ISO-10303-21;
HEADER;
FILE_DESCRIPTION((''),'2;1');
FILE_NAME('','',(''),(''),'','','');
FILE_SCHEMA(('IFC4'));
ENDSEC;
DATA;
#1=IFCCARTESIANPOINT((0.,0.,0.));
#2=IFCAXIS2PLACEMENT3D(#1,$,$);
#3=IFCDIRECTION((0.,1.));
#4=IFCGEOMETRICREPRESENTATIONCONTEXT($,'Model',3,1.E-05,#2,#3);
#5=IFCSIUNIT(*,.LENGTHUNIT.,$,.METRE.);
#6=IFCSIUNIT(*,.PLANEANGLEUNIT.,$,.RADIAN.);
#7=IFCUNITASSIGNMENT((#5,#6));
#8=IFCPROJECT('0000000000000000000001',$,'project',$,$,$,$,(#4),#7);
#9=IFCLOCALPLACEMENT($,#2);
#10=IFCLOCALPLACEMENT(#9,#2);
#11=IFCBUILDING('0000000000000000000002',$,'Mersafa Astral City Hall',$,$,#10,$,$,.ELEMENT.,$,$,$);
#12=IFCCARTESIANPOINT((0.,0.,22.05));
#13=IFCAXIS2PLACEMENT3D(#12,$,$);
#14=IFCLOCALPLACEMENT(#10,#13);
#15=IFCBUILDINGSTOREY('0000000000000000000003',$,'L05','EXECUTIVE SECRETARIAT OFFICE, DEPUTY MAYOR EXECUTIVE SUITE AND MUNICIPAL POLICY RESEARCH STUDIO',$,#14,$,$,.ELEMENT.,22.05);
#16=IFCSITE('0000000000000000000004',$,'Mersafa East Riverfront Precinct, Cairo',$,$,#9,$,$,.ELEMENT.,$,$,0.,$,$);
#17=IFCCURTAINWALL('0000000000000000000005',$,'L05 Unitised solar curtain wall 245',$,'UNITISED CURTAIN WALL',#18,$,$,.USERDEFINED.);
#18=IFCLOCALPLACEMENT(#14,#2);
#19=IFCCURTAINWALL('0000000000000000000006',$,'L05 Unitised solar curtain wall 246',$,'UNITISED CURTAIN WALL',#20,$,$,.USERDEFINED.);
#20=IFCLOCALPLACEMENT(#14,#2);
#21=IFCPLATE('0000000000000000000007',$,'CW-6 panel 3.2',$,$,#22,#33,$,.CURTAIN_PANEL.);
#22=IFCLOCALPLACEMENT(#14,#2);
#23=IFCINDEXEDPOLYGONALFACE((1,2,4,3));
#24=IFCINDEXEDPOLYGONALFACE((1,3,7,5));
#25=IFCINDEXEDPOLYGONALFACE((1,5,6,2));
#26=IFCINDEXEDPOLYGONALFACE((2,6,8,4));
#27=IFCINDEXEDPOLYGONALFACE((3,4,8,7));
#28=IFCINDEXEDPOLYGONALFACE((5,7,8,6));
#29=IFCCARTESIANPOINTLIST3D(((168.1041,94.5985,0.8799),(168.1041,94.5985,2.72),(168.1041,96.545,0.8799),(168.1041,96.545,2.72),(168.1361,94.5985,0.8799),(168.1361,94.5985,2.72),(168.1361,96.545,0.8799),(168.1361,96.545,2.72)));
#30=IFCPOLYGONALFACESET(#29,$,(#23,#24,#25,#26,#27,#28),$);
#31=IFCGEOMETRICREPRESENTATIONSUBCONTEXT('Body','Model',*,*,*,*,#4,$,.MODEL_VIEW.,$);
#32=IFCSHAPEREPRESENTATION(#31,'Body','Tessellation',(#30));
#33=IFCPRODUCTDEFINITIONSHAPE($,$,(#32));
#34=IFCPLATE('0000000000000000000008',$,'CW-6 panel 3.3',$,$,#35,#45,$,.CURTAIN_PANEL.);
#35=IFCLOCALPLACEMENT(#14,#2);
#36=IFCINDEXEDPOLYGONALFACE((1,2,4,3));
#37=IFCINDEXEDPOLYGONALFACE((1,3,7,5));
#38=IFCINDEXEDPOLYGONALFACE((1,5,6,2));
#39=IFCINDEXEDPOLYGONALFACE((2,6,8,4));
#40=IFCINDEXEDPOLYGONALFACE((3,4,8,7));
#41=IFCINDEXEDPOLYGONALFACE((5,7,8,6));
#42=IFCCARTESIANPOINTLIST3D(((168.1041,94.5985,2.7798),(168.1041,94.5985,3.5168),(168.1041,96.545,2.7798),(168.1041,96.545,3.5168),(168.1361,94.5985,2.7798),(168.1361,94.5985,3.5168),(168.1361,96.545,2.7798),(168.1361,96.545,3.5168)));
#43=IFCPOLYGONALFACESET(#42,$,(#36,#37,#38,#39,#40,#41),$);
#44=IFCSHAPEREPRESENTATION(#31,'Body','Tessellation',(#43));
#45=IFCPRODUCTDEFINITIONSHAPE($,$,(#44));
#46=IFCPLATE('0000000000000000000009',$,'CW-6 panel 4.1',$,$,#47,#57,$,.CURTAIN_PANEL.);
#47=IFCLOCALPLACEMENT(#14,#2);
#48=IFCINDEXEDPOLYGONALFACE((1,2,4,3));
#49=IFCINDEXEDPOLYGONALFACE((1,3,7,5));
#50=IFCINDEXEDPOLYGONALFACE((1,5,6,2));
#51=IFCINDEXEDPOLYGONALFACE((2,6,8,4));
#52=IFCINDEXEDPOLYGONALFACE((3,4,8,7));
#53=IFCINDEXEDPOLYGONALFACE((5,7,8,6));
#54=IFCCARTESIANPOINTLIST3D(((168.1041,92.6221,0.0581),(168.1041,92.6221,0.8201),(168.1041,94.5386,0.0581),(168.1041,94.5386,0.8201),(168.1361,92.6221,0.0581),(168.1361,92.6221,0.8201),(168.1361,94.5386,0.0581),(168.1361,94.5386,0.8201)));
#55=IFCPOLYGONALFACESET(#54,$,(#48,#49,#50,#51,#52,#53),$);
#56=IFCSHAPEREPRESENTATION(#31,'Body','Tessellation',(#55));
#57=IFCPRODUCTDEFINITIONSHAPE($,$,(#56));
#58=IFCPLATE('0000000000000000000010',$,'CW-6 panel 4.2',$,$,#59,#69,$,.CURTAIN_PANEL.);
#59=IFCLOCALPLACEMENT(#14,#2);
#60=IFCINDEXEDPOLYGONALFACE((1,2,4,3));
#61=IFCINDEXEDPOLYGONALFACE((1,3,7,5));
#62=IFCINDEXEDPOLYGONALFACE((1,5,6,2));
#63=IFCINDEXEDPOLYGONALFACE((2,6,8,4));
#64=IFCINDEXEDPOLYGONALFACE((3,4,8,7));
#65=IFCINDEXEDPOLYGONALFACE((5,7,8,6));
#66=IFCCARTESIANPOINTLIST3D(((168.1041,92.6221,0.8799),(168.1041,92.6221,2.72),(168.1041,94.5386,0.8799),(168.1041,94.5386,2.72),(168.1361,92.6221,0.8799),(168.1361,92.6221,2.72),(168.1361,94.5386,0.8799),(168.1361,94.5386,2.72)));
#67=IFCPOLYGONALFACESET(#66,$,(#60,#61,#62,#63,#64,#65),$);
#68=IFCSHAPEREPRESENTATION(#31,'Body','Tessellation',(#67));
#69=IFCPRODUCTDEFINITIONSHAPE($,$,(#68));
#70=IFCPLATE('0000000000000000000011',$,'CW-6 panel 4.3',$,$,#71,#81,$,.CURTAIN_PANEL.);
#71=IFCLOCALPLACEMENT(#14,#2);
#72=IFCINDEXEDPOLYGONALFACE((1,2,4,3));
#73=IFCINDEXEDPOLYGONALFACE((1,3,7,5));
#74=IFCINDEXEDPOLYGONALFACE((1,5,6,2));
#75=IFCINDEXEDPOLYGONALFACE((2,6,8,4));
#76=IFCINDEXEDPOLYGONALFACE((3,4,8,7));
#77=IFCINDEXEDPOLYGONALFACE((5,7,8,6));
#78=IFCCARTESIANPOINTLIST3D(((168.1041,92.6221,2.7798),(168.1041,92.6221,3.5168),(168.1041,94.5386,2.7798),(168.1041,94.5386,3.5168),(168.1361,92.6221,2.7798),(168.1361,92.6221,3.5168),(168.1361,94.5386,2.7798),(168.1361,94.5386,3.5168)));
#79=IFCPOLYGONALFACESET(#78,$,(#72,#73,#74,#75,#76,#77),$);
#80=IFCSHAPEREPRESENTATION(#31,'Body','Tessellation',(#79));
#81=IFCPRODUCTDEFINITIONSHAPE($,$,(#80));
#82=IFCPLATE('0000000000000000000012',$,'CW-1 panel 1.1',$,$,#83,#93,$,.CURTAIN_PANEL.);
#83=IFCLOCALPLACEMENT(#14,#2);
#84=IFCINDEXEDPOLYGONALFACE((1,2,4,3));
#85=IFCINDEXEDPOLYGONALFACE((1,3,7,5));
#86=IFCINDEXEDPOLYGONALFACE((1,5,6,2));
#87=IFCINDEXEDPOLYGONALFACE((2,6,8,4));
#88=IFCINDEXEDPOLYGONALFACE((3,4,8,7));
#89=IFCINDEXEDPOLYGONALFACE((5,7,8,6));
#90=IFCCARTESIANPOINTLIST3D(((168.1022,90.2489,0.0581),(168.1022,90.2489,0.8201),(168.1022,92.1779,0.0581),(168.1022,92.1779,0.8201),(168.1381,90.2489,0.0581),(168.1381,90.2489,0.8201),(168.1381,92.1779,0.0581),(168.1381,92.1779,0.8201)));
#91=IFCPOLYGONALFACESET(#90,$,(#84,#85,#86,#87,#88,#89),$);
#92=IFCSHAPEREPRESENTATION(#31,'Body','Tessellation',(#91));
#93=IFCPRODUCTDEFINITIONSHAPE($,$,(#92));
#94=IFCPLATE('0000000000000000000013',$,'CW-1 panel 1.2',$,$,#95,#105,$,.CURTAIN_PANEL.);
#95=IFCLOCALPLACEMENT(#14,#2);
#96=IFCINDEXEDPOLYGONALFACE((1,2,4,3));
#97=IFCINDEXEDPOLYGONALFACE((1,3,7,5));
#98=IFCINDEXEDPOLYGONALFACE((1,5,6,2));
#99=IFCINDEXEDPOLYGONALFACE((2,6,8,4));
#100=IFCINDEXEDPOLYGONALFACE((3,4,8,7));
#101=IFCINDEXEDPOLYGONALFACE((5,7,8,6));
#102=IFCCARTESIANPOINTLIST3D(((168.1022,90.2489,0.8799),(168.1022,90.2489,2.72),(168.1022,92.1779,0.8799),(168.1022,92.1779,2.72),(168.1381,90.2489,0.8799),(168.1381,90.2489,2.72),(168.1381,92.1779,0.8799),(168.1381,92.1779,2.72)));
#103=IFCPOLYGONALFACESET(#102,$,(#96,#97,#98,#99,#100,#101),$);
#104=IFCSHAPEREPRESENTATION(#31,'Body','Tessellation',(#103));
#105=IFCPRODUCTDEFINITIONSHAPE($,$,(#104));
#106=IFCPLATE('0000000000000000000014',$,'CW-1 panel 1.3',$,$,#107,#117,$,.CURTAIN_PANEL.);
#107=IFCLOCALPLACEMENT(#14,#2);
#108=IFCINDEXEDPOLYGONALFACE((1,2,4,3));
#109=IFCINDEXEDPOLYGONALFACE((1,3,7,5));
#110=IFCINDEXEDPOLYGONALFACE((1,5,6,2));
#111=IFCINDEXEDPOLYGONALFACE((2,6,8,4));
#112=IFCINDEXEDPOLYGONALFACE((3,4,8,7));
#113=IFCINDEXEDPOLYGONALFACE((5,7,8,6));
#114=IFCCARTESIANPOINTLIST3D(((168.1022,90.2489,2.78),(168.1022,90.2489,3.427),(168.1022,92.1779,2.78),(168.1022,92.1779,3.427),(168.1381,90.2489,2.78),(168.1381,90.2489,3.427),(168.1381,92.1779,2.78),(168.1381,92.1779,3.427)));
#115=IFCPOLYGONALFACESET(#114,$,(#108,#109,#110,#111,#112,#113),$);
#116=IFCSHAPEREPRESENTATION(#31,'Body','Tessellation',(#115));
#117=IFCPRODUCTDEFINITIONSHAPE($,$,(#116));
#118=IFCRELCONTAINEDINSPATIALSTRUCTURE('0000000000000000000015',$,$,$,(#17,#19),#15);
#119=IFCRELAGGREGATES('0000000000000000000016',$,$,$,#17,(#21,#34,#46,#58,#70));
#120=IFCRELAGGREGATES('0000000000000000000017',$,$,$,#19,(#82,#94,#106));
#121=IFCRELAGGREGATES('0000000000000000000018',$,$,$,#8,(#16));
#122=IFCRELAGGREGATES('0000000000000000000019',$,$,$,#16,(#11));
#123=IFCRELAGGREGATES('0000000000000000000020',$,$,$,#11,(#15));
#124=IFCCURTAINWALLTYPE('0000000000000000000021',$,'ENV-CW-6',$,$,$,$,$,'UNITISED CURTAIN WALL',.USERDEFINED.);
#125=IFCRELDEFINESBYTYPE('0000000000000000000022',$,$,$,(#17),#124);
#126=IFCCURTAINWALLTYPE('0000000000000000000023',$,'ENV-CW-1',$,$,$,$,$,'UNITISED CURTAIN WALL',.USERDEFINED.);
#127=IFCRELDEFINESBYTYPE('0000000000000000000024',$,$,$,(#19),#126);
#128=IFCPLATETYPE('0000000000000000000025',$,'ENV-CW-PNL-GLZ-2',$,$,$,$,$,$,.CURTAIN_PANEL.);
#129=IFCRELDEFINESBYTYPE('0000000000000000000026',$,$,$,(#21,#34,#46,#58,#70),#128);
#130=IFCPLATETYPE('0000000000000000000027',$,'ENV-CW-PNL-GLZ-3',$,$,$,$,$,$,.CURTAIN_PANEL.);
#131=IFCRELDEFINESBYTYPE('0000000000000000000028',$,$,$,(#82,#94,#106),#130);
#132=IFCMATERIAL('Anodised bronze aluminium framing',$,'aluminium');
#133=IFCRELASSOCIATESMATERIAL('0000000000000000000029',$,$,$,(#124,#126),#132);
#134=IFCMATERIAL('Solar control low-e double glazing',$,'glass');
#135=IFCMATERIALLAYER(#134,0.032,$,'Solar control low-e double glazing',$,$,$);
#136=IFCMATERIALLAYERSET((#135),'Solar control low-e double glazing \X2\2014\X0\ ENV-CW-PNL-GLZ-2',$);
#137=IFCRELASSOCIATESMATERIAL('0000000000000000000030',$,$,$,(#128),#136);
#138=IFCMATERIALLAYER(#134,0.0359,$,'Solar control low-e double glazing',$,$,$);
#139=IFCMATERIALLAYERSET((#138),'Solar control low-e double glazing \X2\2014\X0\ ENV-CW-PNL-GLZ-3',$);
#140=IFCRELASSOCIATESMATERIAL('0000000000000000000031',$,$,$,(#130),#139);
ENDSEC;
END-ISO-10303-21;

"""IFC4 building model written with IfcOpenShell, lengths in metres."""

from ifc_helpers import new_model, si_unit, direction, frame, origin, origin_2d, place, context, subcontext, project, spatial, rectangle, extrude, material, layer, layer_set, type_object, element, aggregate, save


model = new_model("IFC4")

# Units and contexts
model_context = context("Model", 3, precision=1e-05, world=origin(), true_north=direction((0.0, 1.0)))
body_context = subcontext(model_context, "Body", "Model", "MODEL_VIEW")
ifc_project = project(units=[si_unit("LENGTHUNIT", "METRE"), si_unit("PLANEANGLEUNIT", "RADIAN")], contexts=[model_context])

# Site, building, storey
site_placement = place(None, origin())
site = spatial("IfcSite", under=ifc_project, at=site_placement, Name="Mersafa East Riverfront Precinct, Cairo", CompositionType="ELEMENT", RefElevation=0.0)
building_placement = place(site_placement, origin())
building = spatial("IfcBuilding", under=site, at=building_placement, Name="Mersafa Astral City Hall", CompositionType="ELEMENT")
storey_placement = place(building_placement, frame((0.0, 0.0, 22.05)))
storey = spatial("IfcBuildingStorey", under=building, at=storey_placement, Name="L05", Description="EXECUTIVE SECRETARIAT OFFICE, DEPUTY MAYOR EXECUTIVE SUITE AND MUNICIPAL POLICY RESEARCH STUDIO", CompositionType="ELEMENT", Elevation=22.05)

# Curtain wall
ifc_material_1 = material(Name="Anodised bronze aluminium framing", Category="aluminium")
curtain_wall_type_1 = type_object("IfcCurtainWallType", Name="ENV-CW-6", ElementType="UNITISED CURTAIN WALL", PredefinedType="USERDEFINED", material=ifc_material_1)
curtain_wall_1_placement = place(storey_placement, origin())
curtain_wall_1 = element("IfcCurtainWall", 1, at=curtain_wall_1_placement, inside=storey, type_object=curtain_wall_type_1, Name="L05 Unitised solar curtain wall 245", ObjectType="UNITISED CURTAIN WALL", PredefinedType="USERDEFINED")

# Curtain wall
curtain_wall_type_2 = type_object("IfcCurtainWallType", Name="ENV-CW-1", ElementType="UNITISED CURTAIN WALL", PredefinedType="USERDEFINED", material=ifc_material_1)
curtain_wall_2_placement = place(storey_placement, origin())
curtain_wall_2 = element("IfcCurtainWall", 2, at=curtain_wall_2_placement, inside=storey, type_object=curtain_wall_type_2, Name="L05 Unitised solar curtain wall 246", ObjectType="UNITISED CURTAIN WALL", PredefinedType="USERDEFINED")

# Plates
ifc_material_2 = material(Name="Solar control low-e double glazing", Category="glass")
ifc_layer_1 = layer(ifc_material_2, 0.032, Name="Solar control low-e double glazing")
ifc_layer_set_1 = layer_set([ifc_layer_1], Name="Solar control low-e double glazing — ENV-CW-PNL-GLZ-2")
plate_type_1 = type_object("IfcPlateType", Name="ENV-CW-PNL-GLZ-2", PredefinedType="CURTAIN_PANEL", material=ifc_layer_set_1)
plate_1_placement = place(storey_placement, frame((168.1201, 95.5718, 0.8799), z_axis=(0.0, 0.0, 1.0), x_axis=(0.0, -1.0, 0.0)))
plate_1 = element("IfcPlate", 3, at=plate_1_placement, type_object=plate_type_1, Name="CW-6 panel 3.2", PredefinedType="CURTAIN_PANEL", context=body_context, shape_type="SweptSolid", body=[
    extrude(rectangle(XDim=1.9465, YDim=0.032, at=origin_2d()), origin(), (0.0, 0.0, 1.0), 1.8401),
])
plate_2_placement = place(storey_placement, frame((168.1201, 95.5718, 2.7798), z_axis=(0.0, 0.0, 1.0), x_axis=(0.0, -1.0, 0.0)))
plate_2 = element("IfcPlate", 4, at=plate_2_placement, type_object=plate_type_1, Name="CW-6 panel 3.3", PredefinedType="CURTAIN_PANEL", context=body_context, shape_type="SweptSolid", body=[
    extrude(rectangle(XDim=1.9465, YDim=0.032, at=origin_2d()), origin(), (0.0, 0.0, 1.0), 0.7371),
])
plate_3_placement = place(storey_placement, frame((168.1201, 93.5803, 0.0581), z_axis=(0.0, 0.0, 1.0), x_axis=(0.0, -1.0, 0.0)))
plate_3 = element("IfcPlate", 5, at=plate_3_placement, type_object=plate_type_1, Name="CW-6 panel 4.1", PredefinedType="CURTAIN_PANEL", context=body_context, shape_type="SweptSolid", body=[
    extrude(rectangle(XDim=1.9165, YDim=0.032, at=origin_2d()), origin(), (0.0, 0.0, 1.0), 0.762),
])
plate_4_placement = place(storey_placement, frame((168.1201, 93.5803, 0.8799), z_axis=(0.0, 0.0, 1.0), x_axis=(0.0, -1.0, 0.0)))
plate_4 = element("IfcPlate", 6, at=plate_4_placement, type_object=plate_type_1, Name="CW-6 panel 4.2", PredefinedType="CURTAIN_PANEL", context=body_context, shape_type="SweptSolid", body=[
    extrude(rectangle(XDim=1.9165, YDim=0.032, at=origin_2d()), origin(), (0.0, 0.0, 1.0), 1.8401),
])
plate_5_placement = place(storey_placement, frame((168.1201, 93.5803, 2.7798), z_axis=(0.0, 0.0, 1.0), x_axis=(0.0, -1.0, 0.0)))
plate_5 = element("IfcPlate", 7, at=plate_5_placement, type_object=plate_type_1, Name="CW-6 panel 4.3", PredefinedType="CURTAIN_PANEL", context=body_context, shape_type="SweptSolid", body=[
    extrude(rectangle(XDim=1.9165, YDim=0.032, at=origin_2d()), origin(), (0.0, 0.0, 1.0), 0.7371),
])
aggregate(curtain_wall_1, [plate_1, plate_2, plate_3, plate_4, plate_5])
ifc_layer_2 = layer(ifc_material_2, 0.0359, Name="Solar control low-e double glazing")
ifc_layer_set_2 = layer_set([ifc_layer_2], Name="Solar control low-e double glazing — ENV-CW-PNL-GLZ-3")
plate_type_2 = type_object("IfcPlateType", Name="ENV-CW-PNL-GLZ-3", PredefinedType="CURTAIN_PANEL", material=ifc_layer_set_2)
plate_6_placement = place(storey_placement, frame((168.1201, 91.2134, 0.0581), z_axis=(0.0, 0.0, 1.0), x_axis=(0.0, -1.0, 0.0)))
plate_6 = element("IfcPlate", 8, at=plate_6_placement, type_object=plate_type_2, Name="CW-1 panel 1.1", PredefinedType="CURTAIN_PANEL", context=body_context, shape_type="SweptSolid", body=[
    extrude(rectangle(XDim=1.929, YDim=0.0359, at=origin_2d()), origin(), (0.0, 0.0, 1.0), 0.762),
])
plate_7_placement = place(storey_placement, frame((168.1201, 91.2134, 0.8799), z_axis=(0.0, 0.0, 1.0), x_axis=(0.0, -1.0, 0.0)))
plate_7 = element("IfcPlate", 9, at=plate_7_placement, type_object=plate_type_2, Name="CW-1 panel 1.2", PredefinedType="CURTAIN_PANEL", context=body_context, shape_type="SweptSolid", body=[
    extrude(rectangle(XDim=1.929, YDim=0.0359, at=origin_2d()), origin(), (0.0, 0.0, 1.0), 1.8401),
])
plate_8_placement = place(storey_placement, frame((168.1201, 91.2134, 2.78), z_axis=(0.0, 0.0, 1.0), x_axis=(0.0, -1.0, 0.0)))
plate_8 = element("IfcPlate", 10, at=plate_8_placement, type_object=plate_type_2, Name="CW-1 panel 1.3", PredefinedType="CURTAIN_PANEL", context=body_context, shape_type="SweptSolid", body=[
    extrude(rectangle(XDim=1.929, YDim=0.0359, at=origin_2d()), origin(), (0.0, 0.0, 1.0), 0.647),
])
aggregate(curtain_wall_2, [plate_6, plate_7, plate_8])

save(model, "model.ifc")
